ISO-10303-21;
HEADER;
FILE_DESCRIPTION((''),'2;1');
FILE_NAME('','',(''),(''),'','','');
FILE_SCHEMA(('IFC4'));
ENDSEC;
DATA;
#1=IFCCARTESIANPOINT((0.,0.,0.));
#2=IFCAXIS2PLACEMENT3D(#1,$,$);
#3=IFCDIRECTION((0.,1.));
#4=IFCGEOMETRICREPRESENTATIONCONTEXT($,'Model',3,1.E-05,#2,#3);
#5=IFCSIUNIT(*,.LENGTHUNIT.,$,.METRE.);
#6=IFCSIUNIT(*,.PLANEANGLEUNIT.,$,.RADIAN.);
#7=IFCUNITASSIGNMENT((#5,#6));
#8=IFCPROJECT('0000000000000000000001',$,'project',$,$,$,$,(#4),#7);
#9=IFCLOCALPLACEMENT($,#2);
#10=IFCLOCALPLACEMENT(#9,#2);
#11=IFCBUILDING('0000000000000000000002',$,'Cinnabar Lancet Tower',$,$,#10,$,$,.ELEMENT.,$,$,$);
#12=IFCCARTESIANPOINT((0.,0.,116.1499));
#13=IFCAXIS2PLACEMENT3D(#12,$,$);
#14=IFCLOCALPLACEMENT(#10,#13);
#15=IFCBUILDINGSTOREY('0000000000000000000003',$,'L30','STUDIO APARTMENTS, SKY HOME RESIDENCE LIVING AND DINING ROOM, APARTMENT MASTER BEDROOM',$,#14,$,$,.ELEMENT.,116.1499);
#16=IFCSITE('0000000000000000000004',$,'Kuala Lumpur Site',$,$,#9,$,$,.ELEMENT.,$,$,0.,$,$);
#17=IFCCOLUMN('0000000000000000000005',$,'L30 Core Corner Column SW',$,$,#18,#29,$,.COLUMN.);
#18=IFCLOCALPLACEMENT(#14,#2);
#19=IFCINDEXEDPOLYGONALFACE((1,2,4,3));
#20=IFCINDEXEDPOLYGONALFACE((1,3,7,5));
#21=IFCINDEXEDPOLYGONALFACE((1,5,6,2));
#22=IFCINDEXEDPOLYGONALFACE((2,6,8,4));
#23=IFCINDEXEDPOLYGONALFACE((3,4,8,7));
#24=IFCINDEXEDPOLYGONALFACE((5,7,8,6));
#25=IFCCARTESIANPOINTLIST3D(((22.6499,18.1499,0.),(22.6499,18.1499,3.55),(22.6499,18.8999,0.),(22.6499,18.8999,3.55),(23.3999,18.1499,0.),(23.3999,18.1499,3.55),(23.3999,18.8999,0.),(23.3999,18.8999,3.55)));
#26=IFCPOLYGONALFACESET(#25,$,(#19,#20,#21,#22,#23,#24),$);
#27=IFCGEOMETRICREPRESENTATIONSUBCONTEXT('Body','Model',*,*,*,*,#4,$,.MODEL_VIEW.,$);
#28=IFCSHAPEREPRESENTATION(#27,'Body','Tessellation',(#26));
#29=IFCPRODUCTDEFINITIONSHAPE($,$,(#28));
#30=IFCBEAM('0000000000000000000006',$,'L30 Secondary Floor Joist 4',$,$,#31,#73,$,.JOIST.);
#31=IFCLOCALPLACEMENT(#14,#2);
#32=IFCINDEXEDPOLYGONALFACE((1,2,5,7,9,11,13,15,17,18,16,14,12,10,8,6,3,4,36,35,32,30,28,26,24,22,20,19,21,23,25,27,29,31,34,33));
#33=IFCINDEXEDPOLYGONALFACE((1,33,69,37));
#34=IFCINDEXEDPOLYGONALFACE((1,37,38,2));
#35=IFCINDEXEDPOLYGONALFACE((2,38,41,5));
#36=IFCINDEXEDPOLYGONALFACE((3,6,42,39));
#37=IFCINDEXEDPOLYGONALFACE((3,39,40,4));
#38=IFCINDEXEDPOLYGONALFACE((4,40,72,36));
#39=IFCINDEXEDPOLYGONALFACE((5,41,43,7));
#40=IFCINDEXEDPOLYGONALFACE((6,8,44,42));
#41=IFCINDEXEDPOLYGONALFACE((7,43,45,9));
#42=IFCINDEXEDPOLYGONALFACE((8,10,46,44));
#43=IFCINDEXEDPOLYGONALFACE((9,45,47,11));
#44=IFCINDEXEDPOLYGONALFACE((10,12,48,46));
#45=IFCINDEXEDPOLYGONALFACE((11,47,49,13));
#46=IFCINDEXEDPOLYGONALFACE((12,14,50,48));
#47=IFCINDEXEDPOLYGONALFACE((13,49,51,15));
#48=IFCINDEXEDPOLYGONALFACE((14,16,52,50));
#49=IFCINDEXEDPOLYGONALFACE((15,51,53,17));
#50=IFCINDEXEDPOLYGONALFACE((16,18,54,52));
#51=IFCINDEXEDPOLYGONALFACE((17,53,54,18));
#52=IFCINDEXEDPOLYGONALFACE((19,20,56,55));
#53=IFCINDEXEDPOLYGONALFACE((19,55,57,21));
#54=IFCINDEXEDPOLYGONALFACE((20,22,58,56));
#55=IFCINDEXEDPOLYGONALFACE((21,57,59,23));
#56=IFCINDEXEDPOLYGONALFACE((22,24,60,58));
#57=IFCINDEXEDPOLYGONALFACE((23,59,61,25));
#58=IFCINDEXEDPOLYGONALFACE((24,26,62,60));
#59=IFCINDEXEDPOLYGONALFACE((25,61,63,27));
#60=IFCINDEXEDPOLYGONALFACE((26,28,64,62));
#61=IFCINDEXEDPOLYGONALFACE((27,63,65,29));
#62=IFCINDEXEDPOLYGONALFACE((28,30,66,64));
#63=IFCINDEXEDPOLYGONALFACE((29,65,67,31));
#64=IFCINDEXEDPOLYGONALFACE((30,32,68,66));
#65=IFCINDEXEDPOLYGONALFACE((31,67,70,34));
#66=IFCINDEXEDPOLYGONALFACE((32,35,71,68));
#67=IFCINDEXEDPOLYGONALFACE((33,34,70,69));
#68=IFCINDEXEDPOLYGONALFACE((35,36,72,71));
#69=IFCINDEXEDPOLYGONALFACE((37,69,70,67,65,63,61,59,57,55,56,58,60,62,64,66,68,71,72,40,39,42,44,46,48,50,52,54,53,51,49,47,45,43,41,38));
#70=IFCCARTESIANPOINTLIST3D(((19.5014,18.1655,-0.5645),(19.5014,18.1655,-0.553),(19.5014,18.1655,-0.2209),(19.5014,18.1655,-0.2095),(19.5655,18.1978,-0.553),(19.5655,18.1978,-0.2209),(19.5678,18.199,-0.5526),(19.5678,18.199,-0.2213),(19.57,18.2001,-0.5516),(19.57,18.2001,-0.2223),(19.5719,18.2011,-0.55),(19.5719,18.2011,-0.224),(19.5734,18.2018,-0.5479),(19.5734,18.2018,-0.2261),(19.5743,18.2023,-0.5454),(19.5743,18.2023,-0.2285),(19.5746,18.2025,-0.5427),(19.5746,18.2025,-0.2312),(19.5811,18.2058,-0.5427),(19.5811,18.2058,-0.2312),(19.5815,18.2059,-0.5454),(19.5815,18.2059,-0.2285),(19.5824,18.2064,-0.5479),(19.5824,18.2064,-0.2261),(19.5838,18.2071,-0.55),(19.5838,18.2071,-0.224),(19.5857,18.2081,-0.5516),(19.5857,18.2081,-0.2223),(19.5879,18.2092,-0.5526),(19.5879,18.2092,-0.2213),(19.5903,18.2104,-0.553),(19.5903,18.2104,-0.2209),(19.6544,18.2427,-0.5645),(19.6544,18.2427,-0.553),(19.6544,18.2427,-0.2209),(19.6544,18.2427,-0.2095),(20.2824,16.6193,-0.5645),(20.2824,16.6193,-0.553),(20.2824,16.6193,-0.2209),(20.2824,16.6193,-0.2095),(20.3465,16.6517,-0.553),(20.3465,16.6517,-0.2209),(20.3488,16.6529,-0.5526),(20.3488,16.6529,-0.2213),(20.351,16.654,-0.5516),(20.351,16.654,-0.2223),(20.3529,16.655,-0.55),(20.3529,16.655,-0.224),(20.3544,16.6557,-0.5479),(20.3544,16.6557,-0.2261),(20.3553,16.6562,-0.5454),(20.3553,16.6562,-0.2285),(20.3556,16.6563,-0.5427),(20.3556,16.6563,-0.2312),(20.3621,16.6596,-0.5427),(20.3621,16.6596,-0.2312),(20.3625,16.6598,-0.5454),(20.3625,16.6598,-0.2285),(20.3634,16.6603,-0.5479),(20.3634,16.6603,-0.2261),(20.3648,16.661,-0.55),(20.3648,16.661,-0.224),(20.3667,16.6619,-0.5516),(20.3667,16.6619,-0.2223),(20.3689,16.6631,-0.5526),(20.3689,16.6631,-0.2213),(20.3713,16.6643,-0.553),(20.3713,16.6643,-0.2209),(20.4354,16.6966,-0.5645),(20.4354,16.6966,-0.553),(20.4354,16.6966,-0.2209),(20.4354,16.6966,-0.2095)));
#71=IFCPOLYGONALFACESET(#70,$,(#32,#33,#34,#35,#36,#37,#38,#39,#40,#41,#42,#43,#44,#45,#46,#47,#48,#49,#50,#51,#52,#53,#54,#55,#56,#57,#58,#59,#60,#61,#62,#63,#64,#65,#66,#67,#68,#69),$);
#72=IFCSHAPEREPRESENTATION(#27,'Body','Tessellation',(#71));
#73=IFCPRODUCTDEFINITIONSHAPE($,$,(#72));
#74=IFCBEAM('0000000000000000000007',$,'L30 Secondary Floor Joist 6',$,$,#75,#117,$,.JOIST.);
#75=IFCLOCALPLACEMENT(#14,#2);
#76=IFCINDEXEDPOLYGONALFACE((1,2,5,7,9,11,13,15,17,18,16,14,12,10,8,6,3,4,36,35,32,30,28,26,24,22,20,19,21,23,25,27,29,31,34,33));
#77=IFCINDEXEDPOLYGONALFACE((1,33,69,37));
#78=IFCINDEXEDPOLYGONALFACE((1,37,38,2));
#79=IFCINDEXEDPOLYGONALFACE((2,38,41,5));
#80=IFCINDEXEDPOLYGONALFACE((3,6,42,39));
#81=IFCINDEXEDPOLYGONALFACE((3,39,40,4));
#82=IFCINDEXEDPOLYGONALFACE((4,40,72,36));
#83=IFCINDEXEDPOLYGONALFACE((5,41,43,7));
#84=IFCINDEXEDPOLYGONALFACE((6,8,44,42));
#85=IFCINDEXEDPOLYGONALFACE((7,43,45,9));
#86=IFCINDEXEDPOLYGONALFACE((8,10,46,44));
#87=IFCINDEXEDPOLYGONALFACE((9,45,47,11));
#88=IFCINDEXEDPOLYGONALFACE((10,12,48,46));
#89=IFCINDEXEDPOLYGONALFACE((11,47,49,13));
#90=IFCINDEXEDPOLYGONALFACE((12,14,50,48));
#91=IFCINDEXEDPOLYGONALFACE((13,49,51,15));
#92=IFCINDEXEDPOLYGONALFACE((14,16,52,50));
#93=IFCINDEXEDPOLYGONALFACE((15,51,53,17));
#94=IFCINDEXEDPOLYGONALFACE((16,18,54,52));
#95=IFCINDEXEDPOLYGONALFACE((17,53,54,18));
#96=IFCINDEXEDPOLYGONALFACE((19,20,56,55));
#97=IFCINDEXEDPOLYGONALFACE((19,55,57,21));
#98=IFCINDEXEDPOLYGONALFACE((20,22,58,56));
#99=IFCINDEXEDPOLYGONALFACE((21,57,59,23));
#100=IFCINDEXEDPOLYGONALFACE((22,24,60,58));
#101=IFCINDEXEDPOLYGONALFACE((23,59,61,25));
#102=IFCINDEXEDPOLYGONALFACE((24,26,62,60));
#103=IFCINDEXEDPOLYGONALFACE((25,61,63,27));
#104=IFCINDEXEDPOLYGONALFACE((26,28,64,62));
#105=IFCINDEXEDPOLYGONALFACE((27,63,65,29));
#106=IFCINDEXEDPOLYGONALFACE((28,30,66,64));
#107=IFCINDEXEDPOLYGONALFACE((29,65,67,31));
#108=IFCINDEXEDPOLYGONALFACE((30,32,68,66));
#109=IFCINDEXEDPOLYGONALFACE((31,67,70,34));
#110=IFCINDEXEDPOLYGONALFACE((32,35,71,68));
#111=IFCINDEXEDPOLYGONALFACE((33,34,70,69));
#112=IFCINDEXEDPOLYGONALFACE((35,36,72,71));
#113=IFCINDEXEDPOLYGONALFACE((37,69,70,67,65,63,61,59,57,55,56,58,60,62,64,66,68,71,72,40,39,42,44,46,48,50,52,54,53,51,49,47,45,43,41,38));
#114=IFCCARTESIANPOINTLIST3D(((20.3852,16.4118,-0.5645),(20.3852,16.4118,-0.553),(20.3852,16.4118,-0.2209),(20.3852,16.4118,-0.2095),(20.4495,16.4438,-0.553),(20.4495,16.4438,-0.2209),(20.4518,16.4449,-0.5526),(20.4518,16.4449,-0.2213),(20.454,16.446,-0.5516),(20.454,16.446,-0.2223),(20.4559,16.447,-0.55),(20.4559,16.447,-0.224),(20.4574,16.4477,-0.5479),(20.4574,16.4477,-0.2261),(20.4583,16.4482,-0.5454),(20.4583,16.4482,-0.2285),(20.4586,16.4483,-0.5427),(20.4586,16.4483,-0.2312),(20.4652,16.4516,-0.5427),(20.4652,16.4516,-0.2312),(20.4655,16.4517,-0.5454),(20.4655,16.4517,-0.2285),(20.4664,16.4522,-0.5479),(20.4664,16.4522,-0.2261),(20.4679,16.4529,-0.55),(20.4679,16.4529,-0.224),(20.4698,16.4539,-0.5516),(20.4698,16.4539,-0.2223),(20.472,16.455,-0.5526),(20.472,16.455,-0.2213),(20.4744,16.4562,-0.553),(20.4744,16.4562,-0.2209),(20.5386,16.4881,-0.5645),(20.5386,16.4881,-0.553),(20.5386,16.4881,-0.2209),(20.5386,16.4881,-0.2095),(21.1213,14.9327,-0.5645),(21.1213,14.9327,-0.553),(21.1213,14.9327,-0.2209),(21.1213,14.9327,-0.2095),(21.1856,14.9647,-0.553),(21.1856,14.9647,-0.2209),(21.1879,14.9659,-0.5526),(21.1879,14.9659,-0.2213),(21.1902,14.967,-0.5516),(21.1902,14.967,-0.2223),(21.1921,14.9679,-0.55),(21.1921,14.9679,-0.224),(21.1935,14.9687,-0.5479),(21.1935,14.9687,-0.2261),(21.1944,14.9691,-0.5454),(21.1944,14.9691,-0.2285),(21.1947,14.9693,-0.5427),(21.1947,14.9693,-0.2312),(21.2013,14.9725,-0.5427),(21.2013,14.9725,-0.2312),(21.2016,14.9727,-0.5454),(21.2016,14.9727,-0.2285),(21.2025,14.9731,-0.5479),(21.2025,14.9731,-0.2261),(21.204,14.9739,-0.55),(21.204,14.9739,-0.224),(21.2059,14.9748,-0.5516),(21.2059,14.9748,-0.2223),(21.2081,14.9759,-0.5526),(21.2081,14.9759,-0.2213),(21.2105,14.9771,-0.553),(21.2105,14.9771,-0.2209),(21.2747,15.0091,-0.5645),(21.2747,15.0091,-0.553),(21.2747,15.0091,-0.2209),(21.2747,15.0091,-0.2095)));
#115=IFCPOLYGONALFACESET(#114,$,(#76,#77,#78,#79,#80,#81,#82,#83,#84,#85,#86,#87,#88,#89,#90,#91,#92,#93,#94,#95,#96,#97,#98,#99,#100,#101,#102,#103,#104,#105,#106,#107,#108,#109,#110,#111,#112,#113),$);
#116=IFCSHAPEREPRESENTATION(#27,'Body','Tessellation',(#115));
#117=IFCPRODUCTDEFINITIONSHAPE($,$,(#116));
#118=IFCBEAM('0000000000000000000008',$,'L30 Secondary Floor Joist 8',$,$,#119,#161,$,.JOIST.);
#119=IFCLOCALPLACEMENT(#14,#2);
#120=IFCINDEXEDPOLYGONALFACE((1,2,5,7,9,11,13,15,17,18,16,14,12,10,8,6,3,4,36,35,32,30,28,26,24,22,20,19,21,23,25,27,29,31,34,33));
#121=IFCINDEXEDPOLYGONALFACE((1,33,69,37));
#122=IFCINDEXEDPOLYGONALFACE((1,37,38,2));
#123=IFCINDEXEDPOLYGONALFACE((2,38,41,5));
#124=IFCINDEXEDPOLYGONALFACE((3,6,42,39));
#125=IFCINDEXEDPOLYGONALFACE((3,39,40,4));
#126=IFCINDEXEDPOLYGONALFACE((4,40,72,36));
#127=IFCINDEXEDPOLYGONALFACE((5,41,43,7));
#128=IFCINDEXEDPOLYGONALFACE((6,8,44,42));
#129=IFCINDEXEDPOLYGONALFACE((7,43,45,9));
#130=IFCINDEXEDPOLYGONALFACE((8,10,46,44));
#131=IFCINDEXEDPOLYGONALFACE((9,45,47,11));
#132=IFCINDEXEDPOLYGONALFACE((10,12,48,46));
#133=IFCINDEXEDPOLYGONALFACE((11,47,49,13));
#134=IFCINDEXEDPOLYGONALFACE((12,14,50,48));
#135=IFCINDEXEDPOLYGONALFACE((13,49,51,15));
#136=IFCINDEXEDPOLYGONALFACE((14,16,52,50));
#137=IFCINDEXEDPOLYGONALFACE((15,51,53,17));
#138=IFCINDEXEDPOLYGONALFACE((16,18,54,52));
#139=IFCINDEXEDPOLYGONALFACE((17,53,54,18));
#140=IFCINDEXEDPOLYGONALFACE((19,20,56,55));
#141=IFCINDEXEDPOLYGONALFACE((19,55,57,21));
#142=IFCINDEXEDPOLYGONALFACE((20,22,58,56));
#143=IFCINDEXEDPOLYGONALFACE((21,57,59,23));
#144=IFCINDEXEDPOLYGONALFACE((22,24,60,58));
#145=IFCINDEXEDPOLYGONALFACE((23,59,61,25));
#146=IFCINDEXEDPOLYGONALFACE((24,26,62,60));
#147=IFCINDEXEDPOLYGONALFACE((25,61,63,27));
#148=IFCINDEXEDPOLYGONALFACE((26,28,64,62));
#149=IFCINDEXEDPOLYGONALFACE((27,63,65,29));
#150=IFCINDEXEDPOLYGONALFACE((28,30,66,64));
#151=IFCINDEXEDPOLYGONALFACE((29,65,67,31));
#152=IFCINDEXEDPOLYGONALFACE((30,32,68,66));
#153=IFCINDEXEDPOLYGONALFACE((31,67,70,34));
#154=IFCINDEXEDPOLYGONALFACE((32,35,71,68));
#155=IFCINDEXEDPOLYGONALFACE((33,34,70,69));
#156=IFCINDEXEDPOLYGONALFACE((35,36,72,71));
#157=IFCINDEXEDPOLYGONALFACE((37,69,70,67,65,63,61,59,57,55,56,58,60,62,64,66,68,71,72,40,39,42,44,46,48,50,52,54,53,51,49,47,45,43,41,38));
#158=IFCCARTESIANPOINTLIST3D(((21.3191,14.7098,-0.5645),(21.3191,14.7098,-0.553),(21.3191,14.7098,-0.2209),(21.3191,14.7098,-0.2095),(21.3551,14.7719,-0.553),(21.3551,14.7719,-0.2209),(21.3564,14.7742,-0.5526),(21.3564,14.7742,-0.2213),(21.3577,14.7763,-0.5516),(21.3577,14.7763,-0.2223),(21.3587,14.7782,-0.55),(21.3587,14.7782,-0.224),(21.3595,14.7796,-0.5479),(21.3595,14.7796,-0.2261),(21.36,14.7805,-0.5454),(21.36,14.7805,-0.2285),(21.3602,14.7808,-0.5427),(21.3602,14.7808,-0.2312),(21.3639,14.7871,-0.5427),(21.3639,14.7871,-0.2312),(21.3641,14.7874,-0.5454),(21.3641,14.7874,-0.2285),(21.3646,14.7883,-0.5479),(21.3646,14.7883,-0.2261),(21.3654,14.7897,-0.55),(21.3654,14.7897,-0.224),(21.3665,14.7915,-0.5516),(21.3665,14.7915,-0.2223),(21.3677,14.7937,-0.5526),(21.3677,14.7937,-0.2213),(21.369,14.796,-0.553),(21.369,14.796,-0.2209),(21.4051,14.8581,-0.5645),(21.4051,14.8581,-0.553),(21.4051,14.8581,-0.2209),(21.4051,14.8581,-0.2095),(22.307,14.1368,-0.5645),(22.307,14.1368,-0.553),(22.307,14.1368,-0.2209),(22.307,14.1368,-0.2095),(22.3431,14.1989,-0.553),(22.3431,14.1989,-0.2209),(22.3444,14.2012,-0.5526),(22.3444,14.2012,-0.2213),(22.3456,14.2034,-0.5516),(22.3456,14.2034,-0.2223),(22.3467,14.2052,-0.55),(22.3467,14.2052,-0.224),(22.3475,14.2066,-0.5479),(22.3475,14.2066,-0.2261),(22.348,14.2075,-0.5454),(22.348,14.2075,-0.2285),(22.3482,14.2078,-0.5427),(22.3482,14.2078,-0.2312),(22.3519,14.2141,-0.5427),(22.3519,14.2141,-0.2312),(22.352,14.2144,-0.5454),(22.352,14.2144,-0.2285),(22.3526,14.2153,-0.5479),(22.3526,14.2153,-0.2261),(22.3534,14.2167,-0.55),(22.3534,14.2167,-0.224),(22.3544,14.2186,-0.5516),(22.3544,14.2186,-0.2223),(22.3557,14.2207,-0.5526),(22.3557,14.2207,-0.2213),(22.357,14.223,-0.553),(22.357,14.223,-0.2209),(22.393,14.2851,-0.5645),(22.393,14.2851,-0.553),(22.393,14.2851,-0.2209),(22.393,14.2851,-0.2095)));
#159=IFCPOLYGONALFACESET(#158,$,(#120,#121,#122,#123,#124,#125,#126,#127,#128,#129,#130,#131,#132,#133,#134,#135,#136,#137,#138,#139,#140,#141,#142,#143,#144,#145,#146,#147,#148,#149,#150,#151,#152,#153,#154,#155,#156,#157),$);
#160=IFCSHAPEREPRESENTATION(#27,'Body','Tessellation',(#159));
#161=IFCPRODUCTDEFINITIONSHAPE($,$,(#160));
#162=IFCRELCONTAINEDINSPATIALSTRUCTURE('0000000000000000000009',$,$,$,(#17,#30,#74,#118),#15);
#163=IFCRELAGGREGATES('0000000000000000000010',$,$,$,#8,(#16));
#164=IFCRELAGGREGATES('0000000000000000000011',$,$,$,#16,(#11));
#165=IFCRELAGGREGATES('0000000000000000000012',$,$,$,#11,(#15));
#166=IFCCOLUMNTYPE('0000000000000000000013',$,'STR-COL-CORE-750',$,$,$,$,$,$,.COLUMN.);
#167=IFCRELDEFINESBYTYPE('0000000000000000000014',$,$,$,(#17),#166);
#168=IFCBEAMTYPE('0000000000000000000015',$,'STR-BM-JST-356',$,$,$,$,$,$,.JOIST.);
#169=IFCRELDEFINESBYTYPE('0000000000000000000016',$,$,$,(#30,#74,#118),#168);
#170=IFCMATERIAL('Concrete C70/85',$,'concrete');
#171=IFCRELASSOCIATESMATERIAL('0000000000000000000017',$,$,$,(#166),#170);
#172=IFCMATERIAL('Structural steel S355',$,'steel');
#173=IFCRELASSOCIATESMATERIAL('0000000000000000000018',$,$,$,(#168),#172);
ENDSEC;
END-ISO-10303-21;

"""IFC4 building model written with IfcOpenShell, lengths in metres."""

from ifc_helpers import new_model, si_unit, direction, frame, origin, origin_2d, place, context, subcontext, project, spatial, rectangle, i_section, extrude, material, material_profile, profile_set, type_object, element, save


model = new_model("IFC4")

# Units and contexts
model_context = context("Model", 3, precision=1e-05, world=origin(), true_north=direction((0.0, 1.0)))
body_context = subcontext(model_context, "Body", "Model", "MODEL_VIEW")
ifc_project = project(units=[si_unit("LENGTHUNIT", "METRE"), si_unit("PLANEANGLEUNIT", "RADIAN")], contexts=[model_context])

# Site, building, storey
site_placement = place(None, origin())
site = spatial("IfcSite", under=ifc_project, at=site_placement, Name="Kuala Lumpur Site", CompositionType="ELEMENT", RefElevation=0.0)
building_placement = place(site_placement, origin())
building = spatial("IfcBuilding", under=site, at=building_placement, Name="Cinnabar Lancet Tower", CompositionType="ELEMENT")
storey_placement = place(building_placement, frame((0.0, 0.0, 116.1499)))
storey = spatial("IfcBuildingStorey", under=building, at=storey_placement, Name="L30", Description="STUDIO APARTMENTS, SKY HOME RESIDENCE LIVING AND DINING ROOM, APARTMENT MASTER BEDROOM", CompositionType="ELEMENT", Elevation=116.1499)

# Column
ifc_material_1 = material(Name="Concrete C70/85", Category="concrete")
ifc_material_profile_1 = material_profile(ifc_material_1, rectangle(XDim=0.75, YDim=0.75, at=origin_2d()), Name="RC-COL 750x750")
ifc_profile_set_1 = profile_set([ifc_material_profile_1], Name="Concrete C70/85")
column_type = type_object("IfcColumnType", Name="STR-COL-CORE-750", PredefinedType="COLUMN", material=ifc_profile_set_1)
column_placement = place(storey_placement, frame((23.0249, 18.5249, 0.0), z_axis=(0.0, 0.0, 1.0), x_axis=(1.0, 0.0, 0.0)))
element("IfcColumn", 1, at=column_placement, inside=storey, type_object=column_type, Name="L30 Core Corner Column SW", PredefinedType="COLUMN", context=body_context, shape_type="SweptSolid", body=[
    extrude(rectangle(XDim=0.75, YDim=0.75, at=origin_2d()), origin(), (0.0, 0.0, 1.0), 3.55),
])

# Beams
ifc_material_2 = material(Name="Structural steel S355", Category="steel")
ifc_material_profile_2 = material_profile(ifc_material_2, i_section(OverallWidth=0.1714, OverallDepth=0.355, WebThickness=0.0073, FlangeThickness=0.0115, FilletRadius=0.0103, at=origin_2d()), Name="UKB 356x171x51")
ifc_profile_set_2 = profile_set([ifc_material_profile_2], Name="Structural steel S355")
beam_type = type_object("IfcBeamType", Name="STR-BM-JST-356", PredefinedType="JOIST", material=ifc_profile_set_2)
beam_1_placement = place(storey_placement, frame((19.5779, 18.2041, -0.387), z_axis=(0.450874, -0.892587, 0.0), x_axis=(0.892587, 0.450874, 0.0)))
element("IfcBeam", 2, at=beam_1_placement, inside=storey, type_object=beam_type, Name="L30 Secondary Floor Joist 4", PredefinedType="JOIST", context=body_context, shape_type="SweptSolid", body=[
    extrude(i_section(OverallWidth=0.1714, OverallDepth=0.355, WebThickness=0.0073, FlangeThickness=0.0115, FilletRadius=0.0103, at=origin_2d()), origin(), (0.0, 0.0, 1.0), 1.7322),
])
beam_2_placement = place(storey_placement, frame((20.4619, 16.45, -0.387), z_axis=(0.445558, -0.895253, 0.0), x_axis=(0.895253, 0.445558, 0.0)))
element("IfcBeam", 3, at=beam_2_placement, inside=storey, type_object=beam_type, Name="L30 Secondary Floor Joist 6", PredefinedType="JOIST", context=body_context, shape_type="SweptSolid", body=[
    extrude(i_section(OverallWidth=0.1714, OverallDepth=0.355, WebThickness=0.0073, FlangeThickness=0.0115, FilletRadius=0.0103, at=origin_2d()), origin(), (0.0, 0.0, 1.0), 1.6521),
])
beam_3_placement = place(storey_placement, frame((21.3621, 14.7839, -0.387), z_axis=(0.865055, -0.501677, 0.0), x_axis=(0.501677, 0.865055, 0.0)))
element("IfcBeam", 4, at=beam_3_placement, inside=storey, type_object=beam_type, Name="L30 Secondary Floor Joist 8", PredefinedType="JOIST", context=body_context, shape_type="SweptSolid", body=[
    extrude(i_section(OverallWidth=0.1714, OverallDepth=0.355, WebThickness=0.0073, FlangeThickness=0.0115, FilletRadius=0.0103, at=origin_2d()), origin(), (0.0, 0.0, 1.0), 1.1421),
])

save(model, "model.ifc")
